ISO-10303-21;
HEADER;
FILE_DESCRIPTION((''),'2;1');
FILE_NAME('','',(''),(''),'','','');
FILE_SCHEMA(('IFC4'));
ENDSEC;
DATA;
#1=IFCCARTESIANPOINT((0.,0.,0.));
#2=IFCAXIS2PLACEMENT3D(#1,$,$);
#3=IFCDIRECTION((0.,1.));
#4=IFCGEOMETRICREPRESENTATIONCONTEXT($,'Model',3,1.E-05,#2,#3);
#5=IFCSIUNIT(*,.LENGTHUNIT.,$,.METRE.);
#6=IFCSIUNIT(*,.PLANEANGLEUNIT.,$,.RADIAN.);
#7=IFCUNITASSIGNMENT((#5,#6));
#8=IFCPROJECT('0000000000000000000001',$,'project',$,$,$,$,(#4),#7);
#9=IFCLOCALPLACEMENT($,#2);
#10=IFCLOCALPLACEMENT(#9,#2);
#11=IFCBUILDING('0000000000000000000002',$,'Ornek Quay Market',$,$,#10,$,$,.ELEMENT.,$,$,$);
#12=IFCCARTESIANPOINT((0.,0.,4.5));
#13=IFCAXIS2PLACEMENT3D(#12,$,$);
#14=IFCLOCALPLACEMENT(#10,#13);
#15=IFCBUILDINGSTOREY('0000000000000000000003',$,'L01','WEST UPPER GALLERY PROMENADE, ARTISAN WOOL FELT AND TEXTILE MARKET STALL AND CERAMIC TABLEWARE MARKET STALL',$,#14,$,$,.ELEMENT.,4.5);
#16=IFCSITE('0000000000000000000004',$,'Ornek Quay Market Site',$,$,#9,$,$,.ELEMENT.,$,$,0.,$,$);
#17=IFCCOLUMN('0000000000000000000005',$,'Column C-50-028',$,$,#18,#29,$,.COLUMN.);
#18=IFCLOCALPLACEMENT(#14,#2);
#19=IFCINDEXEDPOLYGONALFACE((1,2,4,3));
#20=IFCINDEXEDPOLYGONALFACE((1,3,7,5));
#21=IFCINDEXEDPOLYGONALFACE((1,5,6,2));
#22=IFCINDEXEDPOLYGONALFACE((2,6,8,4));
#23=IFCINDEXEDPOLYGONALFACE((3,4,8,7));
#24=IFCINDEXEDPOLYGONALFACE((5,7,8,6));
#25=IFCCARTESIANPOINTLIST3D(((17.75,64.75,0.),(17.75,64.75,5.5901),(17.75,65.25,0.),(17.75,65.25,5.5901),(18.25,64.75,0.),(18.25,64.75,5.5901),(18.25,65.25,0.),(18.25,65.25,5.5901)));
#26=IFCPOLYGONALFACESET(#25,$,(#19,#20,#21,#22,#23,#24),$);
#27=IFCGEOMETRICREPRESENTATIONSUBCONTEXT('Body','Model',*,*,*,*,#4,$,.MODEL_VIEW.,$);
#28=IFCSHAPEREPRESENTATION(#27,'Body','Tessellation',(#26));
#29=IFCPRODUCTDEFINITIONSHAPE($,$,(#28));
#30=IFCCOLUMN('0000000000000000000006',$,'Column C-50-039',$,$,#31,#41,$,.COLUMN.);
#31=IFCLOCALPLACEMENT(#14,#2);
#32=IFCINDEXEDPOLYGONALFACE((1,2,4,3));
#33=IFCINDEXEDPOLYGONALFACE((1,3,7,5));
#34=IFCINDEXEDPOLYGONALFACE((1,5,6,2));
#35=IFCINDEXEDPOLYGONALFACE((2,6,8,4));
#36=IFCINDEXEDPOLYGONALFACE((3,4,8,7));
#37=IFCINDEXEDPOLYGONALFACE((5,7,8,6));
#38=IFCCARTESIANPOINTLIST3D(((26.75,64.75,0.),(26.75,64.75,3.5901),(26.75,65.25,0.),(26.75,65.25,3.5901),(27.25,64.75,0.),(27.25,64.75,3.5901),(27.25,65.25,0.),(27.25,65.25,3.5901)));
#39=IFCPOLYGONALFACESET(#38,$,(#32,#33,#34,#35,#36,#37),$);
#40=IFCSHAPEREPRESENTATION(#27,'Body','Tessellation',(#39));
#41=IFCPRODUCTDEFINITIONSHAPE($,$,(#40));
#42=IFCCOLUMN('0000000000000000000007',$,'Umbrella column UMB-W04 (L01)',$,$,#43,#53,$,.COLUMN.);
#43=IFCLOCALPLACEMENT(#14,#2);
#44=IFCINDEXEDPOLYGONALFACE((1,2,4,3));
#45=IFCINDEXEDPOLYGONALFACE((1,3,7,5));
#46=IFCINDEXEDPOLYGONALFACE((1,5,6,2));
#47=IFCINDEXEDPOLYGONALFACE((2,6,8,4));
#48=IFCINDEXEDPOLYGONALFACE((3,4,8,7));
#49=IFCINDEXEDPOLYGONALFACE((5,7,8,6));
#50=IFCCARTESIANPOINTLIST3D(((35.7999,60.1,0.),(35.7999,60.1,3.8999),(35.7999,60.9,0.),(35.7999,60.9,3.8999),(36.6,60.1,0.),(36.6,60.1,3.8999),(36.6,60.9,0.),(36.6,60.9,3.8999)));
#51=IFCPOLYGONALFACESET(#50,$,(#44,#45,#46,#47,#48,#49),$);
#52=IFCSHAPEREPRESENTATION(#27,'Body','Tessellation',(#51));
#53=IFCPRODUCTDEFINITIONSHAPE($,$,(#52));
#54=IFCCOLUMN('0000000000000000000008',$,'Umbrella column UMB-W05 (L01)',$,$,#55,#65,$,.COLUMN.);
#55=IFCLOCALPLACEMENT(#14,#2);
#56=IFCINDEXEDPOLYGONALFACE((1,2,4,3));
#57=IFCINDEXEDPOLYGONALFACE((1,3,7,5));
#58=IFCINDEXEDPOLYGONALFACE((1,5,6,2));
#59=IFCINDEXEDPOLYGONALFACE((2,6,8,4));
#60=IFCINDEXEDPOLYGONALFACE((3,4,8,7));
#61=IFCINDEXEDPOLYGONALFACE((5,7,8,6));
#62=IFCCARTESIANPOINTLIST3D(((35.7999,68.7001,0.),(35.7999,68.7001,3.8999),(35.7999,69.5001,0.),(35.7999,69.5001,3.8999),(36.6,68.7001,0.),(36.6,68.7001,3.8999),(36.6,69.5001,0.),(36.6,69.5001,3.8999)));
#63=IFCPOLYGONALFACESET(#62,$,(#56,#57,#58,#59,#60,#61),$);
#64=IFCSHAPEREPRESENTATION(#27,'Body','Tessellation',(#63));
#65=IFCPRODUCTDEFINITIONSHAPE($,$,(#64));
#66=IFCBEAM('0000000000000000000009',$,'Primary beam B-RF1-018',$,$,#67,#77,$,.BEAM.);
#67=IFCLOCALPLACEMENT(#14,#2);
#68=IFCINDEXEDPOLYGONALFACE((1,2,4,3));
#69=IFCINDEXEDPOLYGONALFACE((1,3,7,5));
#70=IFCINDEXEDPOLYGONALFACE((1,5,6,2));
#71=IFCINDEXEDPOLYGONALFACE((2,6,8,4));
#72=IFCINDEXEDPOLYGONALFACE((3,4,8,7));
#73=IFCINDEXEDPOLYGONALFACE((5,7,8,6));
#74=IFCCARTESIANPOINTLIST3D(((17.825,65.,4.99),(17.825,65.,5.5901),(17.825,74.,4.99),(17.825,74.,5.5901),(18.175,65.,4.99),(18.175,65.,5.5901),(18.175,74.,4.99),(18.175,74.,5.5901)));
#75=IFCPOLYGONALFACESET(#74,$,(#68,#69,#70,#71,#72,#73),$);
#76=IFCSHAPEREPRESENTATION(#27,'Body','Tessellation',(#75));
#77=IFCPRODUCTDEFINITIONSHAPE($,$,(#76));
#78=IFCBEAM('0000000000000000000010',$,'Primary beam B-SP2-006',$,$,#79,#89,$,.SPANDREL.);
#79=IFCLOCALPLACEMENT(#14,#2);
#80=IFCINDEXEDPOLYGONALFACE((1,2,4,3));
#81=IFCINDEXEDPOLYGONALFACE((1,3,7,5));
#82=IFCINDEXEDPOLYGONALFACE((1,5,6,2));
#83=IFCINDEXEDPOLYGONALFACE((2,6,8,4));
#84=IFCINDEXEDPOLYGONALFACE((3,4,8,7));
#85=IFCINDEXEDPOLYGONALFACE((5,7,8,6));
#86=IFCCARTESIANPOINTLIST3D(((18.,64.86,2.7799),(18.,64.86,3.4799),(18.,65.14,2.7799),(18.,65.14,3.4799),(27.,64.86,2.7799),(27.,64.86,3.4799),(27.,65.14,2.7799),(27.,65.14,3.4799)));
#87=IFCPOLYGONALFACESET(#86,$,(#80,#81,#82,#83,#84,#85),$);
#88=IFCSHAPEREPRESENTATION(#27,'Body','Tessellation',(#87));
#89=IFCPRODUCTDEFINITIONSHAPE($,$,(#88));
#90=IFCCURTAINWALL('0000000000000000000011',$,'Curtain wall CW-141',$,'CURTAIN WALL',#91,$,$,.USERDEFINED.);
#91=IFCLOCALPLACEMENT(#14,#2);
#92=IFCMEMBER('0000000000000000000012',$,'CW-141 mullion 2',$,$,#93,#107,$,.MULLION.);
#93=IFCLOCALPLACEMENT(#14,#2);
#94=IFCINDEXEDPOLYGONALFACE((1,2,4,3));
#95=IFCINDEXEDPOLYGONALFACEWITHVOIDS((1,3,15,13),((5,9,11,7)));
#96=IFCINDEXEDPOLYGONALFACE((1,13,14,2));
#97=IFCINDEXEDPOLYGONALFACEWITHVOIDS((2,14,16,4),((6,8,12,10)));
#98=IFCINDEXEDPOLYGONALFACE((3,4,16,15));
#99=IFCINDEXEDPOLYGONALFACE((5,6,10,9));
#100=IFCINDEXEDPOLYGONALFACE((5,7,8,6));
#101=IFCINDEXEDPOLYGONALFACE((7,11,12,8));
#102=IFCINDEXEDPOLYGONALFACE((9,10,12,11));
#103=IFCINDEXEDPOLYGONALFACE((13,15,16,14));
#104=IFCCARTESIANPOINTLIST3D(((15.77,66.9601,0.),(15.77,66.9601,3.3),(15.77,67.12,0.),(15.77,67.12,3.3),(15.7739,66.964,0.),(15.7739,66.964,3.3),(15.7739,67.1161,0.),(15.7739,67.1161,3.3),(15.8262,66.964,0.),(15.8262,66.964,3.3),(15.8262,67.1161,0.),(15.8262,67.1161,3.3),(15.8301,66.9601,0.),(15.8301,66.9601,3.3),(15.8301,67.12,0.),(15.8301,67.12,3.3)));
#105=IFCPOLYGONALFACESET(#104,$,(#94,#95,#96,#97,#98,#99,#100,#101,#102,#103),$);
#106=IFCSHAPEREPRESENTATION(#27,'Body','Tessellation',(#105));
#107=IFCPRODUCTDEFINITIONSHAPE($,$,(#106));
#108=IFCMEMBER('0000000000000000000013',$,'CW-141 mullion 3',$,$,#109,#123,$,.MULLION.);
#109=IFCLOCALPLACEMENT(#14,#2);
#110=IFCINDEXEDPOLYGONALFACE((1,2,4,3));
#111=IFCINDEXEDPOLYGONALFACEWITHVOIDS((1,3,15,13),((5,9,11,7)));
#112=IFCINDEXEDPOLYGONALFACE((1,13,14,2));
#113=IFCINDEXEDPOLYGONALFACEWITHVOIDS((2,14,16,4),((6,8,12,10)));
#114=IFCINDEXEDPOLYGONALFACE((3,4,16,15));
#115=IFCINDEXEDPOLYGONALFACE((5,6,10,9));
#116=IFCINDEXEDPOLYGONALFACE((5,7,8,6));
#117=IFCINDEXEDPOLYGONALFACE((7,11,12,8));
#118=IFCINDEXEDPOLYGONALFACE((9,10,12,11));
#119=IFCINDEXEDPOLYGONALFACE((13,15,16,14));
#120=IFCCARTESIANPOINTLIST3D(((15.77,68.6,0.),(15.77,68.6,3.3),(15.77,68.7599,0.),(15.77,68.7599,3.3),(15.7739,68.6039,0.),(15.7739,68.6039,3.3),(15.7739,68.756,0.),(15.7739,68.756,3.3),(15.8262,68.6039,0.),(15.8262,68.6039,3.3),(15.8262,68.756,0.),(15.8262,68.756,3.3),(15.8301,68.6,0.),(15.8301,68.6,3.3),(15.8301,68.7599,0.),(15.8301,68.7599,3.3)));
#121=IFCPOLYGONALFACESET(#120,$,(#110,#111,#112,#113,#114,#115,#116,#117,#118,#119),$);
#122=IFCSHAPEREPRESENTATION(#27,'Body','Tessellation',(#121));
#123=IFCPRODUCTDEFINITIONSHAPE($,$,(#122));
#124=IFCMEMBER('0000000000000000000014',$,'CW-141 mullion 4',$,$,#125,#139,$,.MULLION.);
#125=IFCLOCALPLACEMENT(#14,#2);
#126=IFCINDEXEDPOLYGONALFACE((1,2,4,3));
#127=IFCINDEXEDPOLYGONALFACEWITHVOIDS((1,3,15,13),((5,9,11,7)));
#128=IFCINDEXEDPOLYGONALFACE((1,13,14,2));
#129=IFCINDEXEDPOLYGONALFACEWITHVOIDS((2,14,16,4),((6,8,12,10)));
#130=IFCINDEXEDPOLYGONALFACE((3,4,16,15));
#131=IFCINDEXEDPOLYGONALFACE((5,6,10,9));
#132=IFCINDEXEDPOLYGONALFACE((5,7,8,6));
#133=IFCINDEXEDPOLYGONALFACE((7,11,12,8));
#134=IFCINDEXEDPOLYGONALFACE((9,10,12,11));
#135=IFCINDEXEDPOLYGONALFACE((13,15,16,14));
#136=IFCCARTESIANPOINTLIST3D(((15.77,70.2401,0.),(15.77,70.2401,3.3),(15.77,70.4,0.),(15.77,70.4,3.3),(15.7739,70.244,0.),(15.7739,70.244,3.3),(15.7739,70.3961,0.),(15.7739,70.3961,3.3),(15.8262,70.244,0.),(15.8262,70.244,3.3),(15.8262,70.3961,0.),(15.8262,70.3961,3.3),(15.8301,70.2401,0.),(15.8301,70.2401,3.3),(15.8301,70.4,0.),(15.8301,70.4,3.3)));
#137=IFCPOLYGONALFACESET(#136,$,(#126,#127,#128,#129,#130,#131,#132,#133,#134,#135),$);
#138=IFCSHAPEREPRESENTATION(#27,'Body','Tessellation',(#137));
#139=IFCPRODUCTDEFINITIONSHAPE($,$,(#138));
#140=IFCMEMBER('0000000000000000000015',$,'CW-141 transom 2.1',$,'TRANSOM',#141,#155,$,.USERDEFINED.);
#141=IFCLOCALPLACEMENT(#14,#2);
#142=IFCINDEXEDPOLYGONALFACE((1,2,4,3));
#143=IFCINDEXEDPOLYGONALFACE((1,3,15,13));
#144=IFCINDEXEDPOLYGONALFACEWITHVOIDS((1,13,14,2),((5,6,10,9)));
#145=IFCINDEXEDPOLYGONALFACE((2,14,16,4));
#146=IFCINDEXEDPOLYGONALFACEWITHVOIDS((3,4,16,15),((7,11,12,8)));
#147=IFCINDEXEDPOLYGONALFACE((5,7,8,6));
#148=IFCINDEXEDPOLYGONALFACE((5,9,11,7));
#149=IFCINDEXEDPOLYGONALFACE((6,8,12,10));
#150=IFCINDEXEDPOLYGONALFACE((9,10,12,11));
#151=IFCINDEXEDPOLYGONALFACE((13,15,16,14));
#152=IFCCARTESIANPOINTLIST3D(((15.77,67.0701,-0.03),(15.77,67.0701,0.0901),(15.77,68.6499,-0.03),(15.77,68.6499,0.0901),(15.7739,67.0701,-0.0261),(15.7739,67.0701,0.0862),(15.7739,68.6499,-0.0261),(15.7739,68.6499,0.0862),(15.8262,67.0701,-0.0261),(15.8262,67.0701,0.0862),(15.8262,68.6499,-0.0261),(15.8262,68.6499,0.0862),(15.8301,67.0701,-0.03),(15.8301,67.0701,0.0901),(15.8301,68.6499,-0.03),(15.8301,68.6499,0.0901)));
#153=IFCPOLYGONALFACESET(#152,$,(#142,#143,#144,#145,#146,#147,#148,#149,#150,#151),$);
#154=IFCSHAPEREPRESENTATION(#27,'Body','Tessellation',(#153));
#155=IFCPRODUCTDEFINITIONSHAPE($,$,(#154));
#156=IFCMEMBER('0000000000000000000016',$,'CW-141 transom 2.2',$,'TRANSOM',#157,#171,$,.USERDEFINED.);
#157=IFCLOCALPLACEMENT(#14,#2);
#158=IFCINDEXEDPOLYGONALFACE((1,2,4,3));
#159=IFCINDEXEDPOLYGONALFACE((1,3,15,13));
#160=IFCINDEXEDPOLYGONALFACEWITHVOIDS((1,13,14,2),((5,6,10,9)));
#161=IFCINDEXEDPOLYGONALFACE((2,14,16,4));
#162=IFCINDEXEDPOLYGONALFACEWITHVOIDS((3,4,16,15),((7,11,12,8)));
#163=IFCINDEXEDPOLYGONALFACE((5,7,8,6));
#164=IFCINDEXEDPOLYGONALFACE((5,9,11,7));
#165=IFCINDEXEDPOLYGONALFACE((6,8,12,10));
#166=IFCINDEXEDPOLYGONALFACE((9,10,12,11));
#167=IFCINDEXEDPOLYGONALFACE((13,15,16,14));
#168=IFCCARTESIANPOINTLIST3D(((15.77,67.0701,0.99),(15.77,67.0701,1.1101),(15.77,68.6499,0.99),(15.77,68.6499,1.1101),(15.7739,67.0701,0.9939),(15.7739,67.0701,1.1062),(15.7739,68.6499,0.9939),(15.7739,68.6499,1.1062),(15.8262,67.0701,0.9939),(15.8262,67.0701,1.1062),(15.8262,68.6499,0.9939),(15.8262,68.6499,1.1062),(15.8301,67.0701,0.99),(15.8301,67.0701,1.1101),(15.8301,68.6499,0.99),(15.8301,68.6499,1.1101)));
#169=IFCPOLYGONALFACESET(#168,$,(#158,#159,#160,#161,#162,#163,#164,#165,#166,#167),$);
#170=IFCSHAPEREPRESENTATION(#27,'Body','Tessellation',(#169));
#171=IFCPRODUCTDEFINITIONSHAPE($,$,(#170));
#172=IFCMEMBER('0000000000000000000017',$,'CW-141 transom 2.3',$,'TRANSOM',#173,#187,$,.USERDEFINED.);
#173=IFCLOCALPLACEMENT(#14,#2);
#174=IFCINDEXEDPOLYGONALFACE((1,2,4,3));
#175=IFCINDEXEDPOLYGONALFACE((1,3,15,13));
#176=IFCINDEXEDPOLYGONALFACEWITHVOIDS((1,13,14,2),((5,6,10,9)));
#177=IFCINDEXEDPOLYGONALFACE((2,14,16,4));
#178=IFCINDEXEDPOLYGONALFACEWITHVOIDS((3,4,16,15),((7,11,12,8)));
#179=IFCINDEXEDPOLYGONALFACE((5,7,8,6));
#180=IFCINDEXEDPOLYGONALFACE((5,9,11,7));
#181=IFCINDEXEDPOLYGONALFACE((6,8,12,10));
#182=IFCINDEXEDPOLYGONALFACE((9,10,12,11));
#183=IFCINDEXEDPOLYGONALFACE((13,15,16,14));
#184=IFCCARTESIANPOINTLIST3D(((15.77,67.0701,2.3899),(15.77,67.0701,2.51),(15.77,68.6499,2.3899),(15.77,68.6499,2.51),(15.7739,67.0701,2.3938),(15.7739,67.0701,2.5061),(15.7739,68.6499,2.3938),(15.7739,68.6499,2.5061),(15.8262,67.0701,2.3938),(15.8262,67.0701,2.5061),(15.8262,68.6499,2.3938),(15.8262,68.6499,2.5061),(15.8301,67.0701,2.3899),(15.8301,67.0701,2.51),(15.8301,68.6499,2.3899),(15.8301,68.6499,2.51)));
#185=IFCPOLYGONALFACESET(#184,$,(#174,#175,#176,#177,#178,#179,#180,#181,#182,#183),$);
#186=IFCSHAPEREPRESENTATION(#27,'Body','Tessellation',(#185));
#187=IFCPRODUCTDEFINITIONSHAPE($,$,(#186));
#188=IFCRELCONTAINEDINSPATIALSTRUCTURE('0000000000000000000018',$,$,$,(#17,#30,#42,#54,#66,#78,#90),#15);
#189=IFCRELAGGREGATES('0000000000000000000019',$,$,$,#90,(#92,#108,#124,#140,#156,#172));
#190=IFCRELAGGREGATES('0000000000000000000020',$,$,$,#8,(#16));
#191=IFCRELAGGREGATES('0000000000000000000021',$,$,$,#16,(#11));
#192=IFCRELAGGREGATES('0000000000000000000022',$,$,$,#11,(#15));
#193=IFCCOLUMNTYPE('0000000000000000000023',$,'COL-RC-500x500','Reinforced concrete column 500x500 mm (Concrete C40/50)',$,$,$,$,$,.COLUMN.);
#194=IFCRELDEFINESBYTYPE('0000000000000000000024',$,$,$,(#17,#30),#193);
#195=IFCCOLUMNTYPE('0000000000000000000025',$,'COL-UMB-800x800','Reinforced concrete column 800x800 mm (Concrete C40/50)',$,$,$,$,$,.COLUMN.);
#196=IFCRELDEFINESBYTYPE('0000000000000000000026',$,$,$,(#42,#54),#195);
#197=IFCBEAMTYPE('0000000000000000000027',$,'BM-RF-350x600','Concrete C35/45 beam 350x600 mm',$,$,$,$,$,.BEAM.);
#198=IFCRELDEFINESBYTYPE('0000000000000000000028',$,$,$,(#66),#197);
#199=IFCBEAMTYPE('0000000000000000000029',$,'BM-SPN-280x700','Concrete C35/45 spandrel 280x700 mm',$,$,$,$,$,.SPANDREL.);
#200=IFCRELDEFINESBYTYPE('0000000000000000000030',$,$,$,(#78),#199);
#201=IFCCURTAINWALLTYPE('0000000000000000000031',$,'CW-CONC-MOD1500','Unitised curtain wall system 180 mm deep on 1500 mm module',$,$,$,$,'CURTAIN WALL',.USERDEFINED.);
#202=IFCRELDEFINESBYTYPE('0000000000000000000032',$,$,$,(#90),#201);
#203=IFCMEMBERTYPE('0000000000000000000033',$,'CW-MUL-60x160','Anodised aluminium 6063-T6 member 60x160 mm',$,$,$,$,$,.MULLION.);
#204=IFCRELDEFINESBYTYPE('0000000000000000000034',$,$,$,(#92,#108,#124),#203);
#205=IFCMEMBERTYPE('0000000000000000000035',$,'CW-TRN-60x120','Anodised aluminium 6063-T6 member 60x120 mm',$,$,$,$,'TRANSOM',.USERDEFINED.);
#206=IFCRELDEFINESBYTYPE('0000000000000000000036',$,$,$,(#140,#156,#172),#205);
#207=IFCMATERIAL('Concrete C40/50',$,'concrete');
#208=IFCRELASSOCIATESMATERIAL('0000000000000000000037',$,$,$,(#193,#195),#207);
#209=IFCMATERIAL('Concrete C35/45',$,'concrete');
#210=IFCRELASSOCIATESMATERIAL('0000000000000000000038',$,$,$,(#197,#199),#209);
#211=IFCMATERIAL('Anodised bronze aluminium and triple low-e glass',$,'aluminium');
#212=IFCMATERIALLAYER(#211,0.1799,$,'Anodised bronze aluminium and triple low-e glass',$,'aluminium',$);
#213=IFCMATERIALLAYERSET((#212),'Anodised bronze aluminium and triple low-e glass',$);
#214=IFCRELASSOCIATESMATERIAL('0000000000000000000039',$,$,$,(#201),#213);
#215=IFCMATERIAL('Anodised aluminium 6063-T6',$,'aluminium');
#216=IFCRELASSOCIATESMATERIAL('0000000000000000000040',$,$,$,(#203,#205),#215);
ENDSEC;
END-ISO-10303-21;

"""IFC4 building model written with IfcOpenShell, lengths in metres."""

from ifc_helpers import new_model, si_unit, direction, frame, origin, origin_2d, place, context, subcontext, project, spatial, rectangle, hollow_rectangle, extrude, material, layer, layer_set, material_profile, profile_set, type_object, element, aggregate, save


model = new_model("IFC4")

# Units and contexts
model_context = context("Model", 3, precision=1e-05, world=origin(), true_north=direction((0.0, 1.0)))
body_context = subcontext(model_context, "Body", "Model", "MODEL_VIEW")
ifc_project = project(units=[si_unit("LENGTHUNIT", "METRE"), si_unit("PLANEANGLEUNIT", "RADIAN")], contexts=[model_context])

# Site, building, storey
site_placement = place(None, origin())
site = spatial("IfcSite", under=ifc_project, at=site_placement, Name="Ornek Quay Market Site", CompositionType="ELEMENT", RefElevation=0.0)
building_placement = place(site_placement, origin())
building = spatial("IfcBuilding", under=site, at=building_placement, Name="Ornek Quay Market", CompositionType="ELEMENT")
storey_placement = place(building_placement, frame((0.0, 0.0, 4.5)))
storey = spatial("IfcBuildingStorey", under=building, at=storey_placement, Name="L01", Description="WEST UPPER GALLERY PROMENADE, ARTISAN WOOL FELT AND TEXTILE MARKET STALL AND CERAMIC TABLEWARE MARKET STALL", CompositionType="ELEMENT", Elevation=4.5)

# Columns
ifc_material_1 = material(Name="Concrete C40/50", Category="concrete")
ifc_material_profile_1 = material_profile(ifc_material_1, rectangle(XDim=0.5, YDim=0.5, at=origin_2d()), Name="RC 500x500", Category="concrete")
ifc_profile_set_1 = profile_set([ifc_material_profile_1], Name="Concrete C40/50")
column_type_1 = type_object("IfcColumnType", Name="COL-RC-500x500", Description="Reinforced concrete column 500x500 mm (Concrete C40/50)", PredefinedType="COLUMN", material=ifc_profile_set_1)
column_1_placement = place(storey_placement, frame((18.0, 65.0, 0.0), z_axis=(0.0, 0.0, 1.0), x_axis=(1.0, 0.0, 0.0)))
element("IfcColumn", 1, at=column_1_placement, inside=storey, type_object=column_type_1, Name="Column C-50-028", PredefinedType="COLUMN", context=body_context, shape_type="SweptSolid", body=[
    extrude(rectangle(XDim=0.5, YDim=0.5, at=origin_2d()), origin(), (0.0, 0.0, 1.0), 5.5901),
])
column_2_placement = place(storey_placement, frame((27.0, 65.0, 0.0), z_axis=(0.0, 0.0, 1.0), x_axis=(1.0, 0.0, 0.0)))
element("IfcColumn", 2, at=column_2_placement, inside=storey, type_object=column_type_1, Name="Column C-50-039", PredefinedType="COLUMN", context=body_context, shape_type="SweptSolid", body=[
    extrude(rectangle(XDim=0.5, YDim=0.5, at=origin_2d()), origin(), (0.0, 0.0, 1.0), 3.5901),
])
ifc_material_profile_2 = material_profile(ifc_material_1, rectangle(XDim=0.8, YDim=0.8, at=origin_2d()), Name="RC 800x800", Category="concrete")
ifc_profile_set_2 = profile_set([ifc_material_profile_2], Name="Concrete C40/50")
column_type_2 = type_object("IfcColumnType", Name="COL-UMB-800x800", Description="Reinforced concrete column 800x800 mm (Concrete C40/50)", PredefinedType="COLUMN", material=ifc_profile_set_2)
for number, where, z_axis, x_axis, name in (
    (3, (36.2, 60.5, 0.0), (0.0, 0.0, 1.0), (1.0, 0.0, 0.0), "Umbrella column UMB-W04 (L01)"),
    (4, (36.2, 69.1001, 0.0), (0.0, 0.0, 1.0), (1.0, 0.0, 0.0), "Umbrella column UMB-W05 (L01)"),
):
    element("IfcColumn", number, at=place(storey_placement, frame(where, z_axis=z_axis, x_axis=x_axis)), inside=storey, type_object=column_type_2, Name=name, PredefinedType="COLUMN", context=body_context, shape_type="SweptSolid", body=[
        extrude(rectangle(XDim=0.8, YDim=0.8, at=origin_2d()), origin(), (0.0, 0.0, 1.0), 3.8999),
    ])

# Beams
ifc_material_2 = material(Name="Concrete C35/45", Category="concrete")
ifc_material_profile_3 = material_profile(ifc_material_2, rectangle(XDim=0.3501, YDim=0.6001, at=origin_2d()), Name="RC 350x600", Category="concrete")
ifc_profile_set_3 = profile_set([ifc_material_profile_3], Name="Concrete C35/45")
beam_type_1 = type_object("IfcBeamType", Name="BM-RF-350x600", Description="Concrete C35/45 beam 350x600 mm", PredefinedType="BEAM", material=ifc_profile_set_3)
beam_1_placement = place(storey_placement, frame((18.0, 65.0, 5.29), z_axis=(0.0, 1.0, 0.0), x_axis=(-1.0, 0.0, 0.0)))
element("IfcBeam", 5, at=beam_1_placement, inside=storey, type_object=beam_type_1, Name="Primary beam B-RF1-018", PredefinedType="BEAM", context=body_context, shape_type="SweptSolid", body=[
    extrude(rectangle(XDim=0.3501, YDim=0.6001, at=origin_2d()), origin(), (0.0, 0.0, 1.0), 9.0),
])
ifc_material_profile_4 = material_profile(ifc_material_2, rectangle(XDim=0.28, YDim=0.7, at=origin_2d()), Name="RC 280x700", Category="concrete")
ifc_profile_set_4 = profile_set([ifc_material_profile_4], Name="Concrete C35/45")
beam_type_2 = type_object("IfcBeamType", Name="BM-SPN-280x700", Description="Concrete C35/45 spandrel 280x700 mm", PredefinedType="SPANDREL", material=ifc_profile_set_4)
beam_2_placement = place(storey_placement, frame((18.0, 65.0, 3.1299), z_axis=(1.0, 0.0, 0.0), x_axis=(0.0, 1.0, 0.0)))
element("IfcBeam", 6, at=beam_2_placement, inside=storey, type_object=beam_type_2, Name="Primary beam B-SP2-006", PredefinedType="SPANDREL", context=body_context, shape_type="SweptSolid", body=[
    extrude(rectangle(XDim=0.28, YDim=0.7, at=origin_2d()), origin(), (0.0, 0.0, 1.0), 9.0),
])

# Curtain wall, members
ifc_material_3 = material(Name="Anodised bronze aluminium and triple low-e glass", Category="aluminium")
ifc_layer_1 = layer(ifc_material_3, 0.1799, Name="Anodised bronze aluminium and triple low-e glass", Category="aluminium")
ifc_layer_set_1 = layer_set([ifc_layer_1], Name="Anodised bronze aluminium and triple low-e glass")
curtain_wall_type = type_object("IfcCurtainWallType", Name="CW-CONC-MOD1500", Description="Unitised curtain wall system 180 mm deep on 1500 mm module", ElementType="CURTAIN WALL", PredefinedType="USERDEFINED", material=ifc_layer_set_1)
curtain_wall_placement = place(storey_placement, origin())
curtain_wall = element("IfcCurtainWall", 7, at=curtain_wall_placement, inside=storey, type_object=curtain_wall_type, Name="Curtain wall CW-141", ObjectType="CURTAIN WALL", PredefinedType="USERDEFINED")
ifc_material_4 = material(Name="Anodised aluminium 6063-T6", Category="aluminium")
ifc_material_profile_5 = material_profile(ifc_material_4, hollow_rectangle(XDim=0.0601, YDim=0.1599, WallThickness=0.0039, at=origin_2d()), Name="CW-MUL-60x160", Category="aluminium")
ifc_profile_set_5 = profile_set([ifc_material_profile_5], Name="Anodised aluminium 6063-T6")
member_type_1 = type_object("IfcMemberType", Name="CW-MUL-60x160", Description="Anodised aluminium 6063-T6 member 60x160 mm", PredefinedType="MULLION", material=ifc_profile_set_5)
member_1_placement = place(storey_placement, frame((15.8, 67.04, 0.0), z_axis=(0.0, 0.0, 1.0), x_axis=(-1.0, 0.0, 0.0)))
member_1 = element("IfcMember", 8, at=member_1_placement, type_object=member_type_1, Name="CW-141 mullion 2", PredefinedType="MULLION", context=body_context, shape_type="SweptSolid", body=[
    extrude(hollow_rectangle(XDim=0.0601, YDim=0.1599, WallThickness=0.0039, at=origin_2d()), origin(), (0.0, 0.0, 1.0), 3.3),
])
member_2_placement = place(storey_placement, frame((15.8, 68.6799, 0.0), z_axis=(0.0, 0.0, 1.0), x_axis=(-1.0, 0.0, 0.0)))
member_2 = element("IfcMember", 9, at=member_2_placement, type_object=member_type_1, Name="CW-141 mullion 3", PredefinedType="MULLION", context=body_context, shape_type="SweptSolid", body=[
    extrude(hollow_rectangle(XDim=0.0601, YDim=0.1599, WallThickness=0.0039, at=origin_2d()), origin(), (0.0, 0.0, 1.0), 3.3),
])
member_3_placement = place(storey_placement, frame((15.8, 70.3201, 0.0), z_axis=(0.0, 0.0, 1.0), x_axis=(-1.0, 0.0, 0.0)))
member_3 = element("IfcMember", 10, at=member_3_placement, type_object=member_type_1, Name="CW-141 mullion 4", PredefinedType="MULLION", context=body_context, shape_type="SweptSolid", body=[
    extrude(hollow_rectangle(XDim=0.0601, YDim=0.1599, WallThickness=0.0039, at=origin_2d()), origin(), (0.0, 0.0, 1.0), 3.3),
])
ifc_material_profile_6 = material_profile(ifc_material_4, hollow_rectangle(XDim=0.0601, YDim=0.1201, WallThickness=0.0039, at=origin_2d()), Name="CW-TRN-60x120", Category="aluminium")
ifc_profile_set_6 = profile_set([ifc_material_profile_6], Name="Anodised aluminium 6063-T6")
member_type_2 = type_object("IfcMemberType", Name="CW-TRN-60x120", Description="Anodised aluminium 6063-T6 member 60x120 mm", ElementType="TRANSOM", PredefinedType="USERDEFINED", material=ifc_profile_set_6)
member_4_placement = place(storey_placement, frame((15.8, 67.0701, 0.03), z_axis=(0.0, 1.0, 0.0), x_axis=(-1.0, 0.0, 0.0)))
member_4 = element("IfcMember", 11, at=member_4_placement, type_object=member_type_2, Name="CW-141 transom 2.1", ObjectType="TRANSOM", PredefinedType="USERDEFINED", context=body_context, shape_type="SweptSolid", body=[
    extrude(hollow_rectangle(XDim=0.0601, YDim=0.1201, WallThickness=0.0039, at=origin_2d()), origin(), (0.0, 0.0, 1.0), 1.5798),
])
member_5_placement = place(storey_placement, frame((15.8, 67.0701, 1.05), z_axis=(0.0, 1.0, 0.0), x_axis=(-1.0, 0.0, 0.0)))
member_5 = element("IfcMember", 12, at=member_5_placement, type_object=member_type_2, Name="CW-141 transom 2.2", ObjectType="TRANSOM", PredefinedType="USERDEFINED", context=body_context, shape_type="SweptSolid", body=[
    extrude(hollow_rectangle(XDim=0.0601, YDim=0.1201, WallThickness=0.0039, at=origin_2d()), origin(), (0.0, 0.0, 1.0), 1.5798),
])
member_6_placement = place(storey_placement, frame((15.8, 67.0701, 2.45), z_axis=(0.0, 1.0, 0.0), x_axis=(-1.0, 0.0, 0.0)))
member_6 = element("IfcMember", 13, at=member_6_placement, type_object=member_type_2, Name="CW-141 transom 2.3", ObjectType="TRANSOM", PredefinedType="USERDEFINED", context=body_context, shape_type="SweptSolid", body=[
    extrude(hollow_rectangle(XDim=0.0601, YDim=0.1201, WallThickness=0.0039, at=origin_2d()), origin(), (0.0, 0.0, 1.0), 1.5798),
])
aggregate(curtain_wall, [member_1, member_2, member_3, member_4, member_5, member_6])

save(model, "model.ifc")
